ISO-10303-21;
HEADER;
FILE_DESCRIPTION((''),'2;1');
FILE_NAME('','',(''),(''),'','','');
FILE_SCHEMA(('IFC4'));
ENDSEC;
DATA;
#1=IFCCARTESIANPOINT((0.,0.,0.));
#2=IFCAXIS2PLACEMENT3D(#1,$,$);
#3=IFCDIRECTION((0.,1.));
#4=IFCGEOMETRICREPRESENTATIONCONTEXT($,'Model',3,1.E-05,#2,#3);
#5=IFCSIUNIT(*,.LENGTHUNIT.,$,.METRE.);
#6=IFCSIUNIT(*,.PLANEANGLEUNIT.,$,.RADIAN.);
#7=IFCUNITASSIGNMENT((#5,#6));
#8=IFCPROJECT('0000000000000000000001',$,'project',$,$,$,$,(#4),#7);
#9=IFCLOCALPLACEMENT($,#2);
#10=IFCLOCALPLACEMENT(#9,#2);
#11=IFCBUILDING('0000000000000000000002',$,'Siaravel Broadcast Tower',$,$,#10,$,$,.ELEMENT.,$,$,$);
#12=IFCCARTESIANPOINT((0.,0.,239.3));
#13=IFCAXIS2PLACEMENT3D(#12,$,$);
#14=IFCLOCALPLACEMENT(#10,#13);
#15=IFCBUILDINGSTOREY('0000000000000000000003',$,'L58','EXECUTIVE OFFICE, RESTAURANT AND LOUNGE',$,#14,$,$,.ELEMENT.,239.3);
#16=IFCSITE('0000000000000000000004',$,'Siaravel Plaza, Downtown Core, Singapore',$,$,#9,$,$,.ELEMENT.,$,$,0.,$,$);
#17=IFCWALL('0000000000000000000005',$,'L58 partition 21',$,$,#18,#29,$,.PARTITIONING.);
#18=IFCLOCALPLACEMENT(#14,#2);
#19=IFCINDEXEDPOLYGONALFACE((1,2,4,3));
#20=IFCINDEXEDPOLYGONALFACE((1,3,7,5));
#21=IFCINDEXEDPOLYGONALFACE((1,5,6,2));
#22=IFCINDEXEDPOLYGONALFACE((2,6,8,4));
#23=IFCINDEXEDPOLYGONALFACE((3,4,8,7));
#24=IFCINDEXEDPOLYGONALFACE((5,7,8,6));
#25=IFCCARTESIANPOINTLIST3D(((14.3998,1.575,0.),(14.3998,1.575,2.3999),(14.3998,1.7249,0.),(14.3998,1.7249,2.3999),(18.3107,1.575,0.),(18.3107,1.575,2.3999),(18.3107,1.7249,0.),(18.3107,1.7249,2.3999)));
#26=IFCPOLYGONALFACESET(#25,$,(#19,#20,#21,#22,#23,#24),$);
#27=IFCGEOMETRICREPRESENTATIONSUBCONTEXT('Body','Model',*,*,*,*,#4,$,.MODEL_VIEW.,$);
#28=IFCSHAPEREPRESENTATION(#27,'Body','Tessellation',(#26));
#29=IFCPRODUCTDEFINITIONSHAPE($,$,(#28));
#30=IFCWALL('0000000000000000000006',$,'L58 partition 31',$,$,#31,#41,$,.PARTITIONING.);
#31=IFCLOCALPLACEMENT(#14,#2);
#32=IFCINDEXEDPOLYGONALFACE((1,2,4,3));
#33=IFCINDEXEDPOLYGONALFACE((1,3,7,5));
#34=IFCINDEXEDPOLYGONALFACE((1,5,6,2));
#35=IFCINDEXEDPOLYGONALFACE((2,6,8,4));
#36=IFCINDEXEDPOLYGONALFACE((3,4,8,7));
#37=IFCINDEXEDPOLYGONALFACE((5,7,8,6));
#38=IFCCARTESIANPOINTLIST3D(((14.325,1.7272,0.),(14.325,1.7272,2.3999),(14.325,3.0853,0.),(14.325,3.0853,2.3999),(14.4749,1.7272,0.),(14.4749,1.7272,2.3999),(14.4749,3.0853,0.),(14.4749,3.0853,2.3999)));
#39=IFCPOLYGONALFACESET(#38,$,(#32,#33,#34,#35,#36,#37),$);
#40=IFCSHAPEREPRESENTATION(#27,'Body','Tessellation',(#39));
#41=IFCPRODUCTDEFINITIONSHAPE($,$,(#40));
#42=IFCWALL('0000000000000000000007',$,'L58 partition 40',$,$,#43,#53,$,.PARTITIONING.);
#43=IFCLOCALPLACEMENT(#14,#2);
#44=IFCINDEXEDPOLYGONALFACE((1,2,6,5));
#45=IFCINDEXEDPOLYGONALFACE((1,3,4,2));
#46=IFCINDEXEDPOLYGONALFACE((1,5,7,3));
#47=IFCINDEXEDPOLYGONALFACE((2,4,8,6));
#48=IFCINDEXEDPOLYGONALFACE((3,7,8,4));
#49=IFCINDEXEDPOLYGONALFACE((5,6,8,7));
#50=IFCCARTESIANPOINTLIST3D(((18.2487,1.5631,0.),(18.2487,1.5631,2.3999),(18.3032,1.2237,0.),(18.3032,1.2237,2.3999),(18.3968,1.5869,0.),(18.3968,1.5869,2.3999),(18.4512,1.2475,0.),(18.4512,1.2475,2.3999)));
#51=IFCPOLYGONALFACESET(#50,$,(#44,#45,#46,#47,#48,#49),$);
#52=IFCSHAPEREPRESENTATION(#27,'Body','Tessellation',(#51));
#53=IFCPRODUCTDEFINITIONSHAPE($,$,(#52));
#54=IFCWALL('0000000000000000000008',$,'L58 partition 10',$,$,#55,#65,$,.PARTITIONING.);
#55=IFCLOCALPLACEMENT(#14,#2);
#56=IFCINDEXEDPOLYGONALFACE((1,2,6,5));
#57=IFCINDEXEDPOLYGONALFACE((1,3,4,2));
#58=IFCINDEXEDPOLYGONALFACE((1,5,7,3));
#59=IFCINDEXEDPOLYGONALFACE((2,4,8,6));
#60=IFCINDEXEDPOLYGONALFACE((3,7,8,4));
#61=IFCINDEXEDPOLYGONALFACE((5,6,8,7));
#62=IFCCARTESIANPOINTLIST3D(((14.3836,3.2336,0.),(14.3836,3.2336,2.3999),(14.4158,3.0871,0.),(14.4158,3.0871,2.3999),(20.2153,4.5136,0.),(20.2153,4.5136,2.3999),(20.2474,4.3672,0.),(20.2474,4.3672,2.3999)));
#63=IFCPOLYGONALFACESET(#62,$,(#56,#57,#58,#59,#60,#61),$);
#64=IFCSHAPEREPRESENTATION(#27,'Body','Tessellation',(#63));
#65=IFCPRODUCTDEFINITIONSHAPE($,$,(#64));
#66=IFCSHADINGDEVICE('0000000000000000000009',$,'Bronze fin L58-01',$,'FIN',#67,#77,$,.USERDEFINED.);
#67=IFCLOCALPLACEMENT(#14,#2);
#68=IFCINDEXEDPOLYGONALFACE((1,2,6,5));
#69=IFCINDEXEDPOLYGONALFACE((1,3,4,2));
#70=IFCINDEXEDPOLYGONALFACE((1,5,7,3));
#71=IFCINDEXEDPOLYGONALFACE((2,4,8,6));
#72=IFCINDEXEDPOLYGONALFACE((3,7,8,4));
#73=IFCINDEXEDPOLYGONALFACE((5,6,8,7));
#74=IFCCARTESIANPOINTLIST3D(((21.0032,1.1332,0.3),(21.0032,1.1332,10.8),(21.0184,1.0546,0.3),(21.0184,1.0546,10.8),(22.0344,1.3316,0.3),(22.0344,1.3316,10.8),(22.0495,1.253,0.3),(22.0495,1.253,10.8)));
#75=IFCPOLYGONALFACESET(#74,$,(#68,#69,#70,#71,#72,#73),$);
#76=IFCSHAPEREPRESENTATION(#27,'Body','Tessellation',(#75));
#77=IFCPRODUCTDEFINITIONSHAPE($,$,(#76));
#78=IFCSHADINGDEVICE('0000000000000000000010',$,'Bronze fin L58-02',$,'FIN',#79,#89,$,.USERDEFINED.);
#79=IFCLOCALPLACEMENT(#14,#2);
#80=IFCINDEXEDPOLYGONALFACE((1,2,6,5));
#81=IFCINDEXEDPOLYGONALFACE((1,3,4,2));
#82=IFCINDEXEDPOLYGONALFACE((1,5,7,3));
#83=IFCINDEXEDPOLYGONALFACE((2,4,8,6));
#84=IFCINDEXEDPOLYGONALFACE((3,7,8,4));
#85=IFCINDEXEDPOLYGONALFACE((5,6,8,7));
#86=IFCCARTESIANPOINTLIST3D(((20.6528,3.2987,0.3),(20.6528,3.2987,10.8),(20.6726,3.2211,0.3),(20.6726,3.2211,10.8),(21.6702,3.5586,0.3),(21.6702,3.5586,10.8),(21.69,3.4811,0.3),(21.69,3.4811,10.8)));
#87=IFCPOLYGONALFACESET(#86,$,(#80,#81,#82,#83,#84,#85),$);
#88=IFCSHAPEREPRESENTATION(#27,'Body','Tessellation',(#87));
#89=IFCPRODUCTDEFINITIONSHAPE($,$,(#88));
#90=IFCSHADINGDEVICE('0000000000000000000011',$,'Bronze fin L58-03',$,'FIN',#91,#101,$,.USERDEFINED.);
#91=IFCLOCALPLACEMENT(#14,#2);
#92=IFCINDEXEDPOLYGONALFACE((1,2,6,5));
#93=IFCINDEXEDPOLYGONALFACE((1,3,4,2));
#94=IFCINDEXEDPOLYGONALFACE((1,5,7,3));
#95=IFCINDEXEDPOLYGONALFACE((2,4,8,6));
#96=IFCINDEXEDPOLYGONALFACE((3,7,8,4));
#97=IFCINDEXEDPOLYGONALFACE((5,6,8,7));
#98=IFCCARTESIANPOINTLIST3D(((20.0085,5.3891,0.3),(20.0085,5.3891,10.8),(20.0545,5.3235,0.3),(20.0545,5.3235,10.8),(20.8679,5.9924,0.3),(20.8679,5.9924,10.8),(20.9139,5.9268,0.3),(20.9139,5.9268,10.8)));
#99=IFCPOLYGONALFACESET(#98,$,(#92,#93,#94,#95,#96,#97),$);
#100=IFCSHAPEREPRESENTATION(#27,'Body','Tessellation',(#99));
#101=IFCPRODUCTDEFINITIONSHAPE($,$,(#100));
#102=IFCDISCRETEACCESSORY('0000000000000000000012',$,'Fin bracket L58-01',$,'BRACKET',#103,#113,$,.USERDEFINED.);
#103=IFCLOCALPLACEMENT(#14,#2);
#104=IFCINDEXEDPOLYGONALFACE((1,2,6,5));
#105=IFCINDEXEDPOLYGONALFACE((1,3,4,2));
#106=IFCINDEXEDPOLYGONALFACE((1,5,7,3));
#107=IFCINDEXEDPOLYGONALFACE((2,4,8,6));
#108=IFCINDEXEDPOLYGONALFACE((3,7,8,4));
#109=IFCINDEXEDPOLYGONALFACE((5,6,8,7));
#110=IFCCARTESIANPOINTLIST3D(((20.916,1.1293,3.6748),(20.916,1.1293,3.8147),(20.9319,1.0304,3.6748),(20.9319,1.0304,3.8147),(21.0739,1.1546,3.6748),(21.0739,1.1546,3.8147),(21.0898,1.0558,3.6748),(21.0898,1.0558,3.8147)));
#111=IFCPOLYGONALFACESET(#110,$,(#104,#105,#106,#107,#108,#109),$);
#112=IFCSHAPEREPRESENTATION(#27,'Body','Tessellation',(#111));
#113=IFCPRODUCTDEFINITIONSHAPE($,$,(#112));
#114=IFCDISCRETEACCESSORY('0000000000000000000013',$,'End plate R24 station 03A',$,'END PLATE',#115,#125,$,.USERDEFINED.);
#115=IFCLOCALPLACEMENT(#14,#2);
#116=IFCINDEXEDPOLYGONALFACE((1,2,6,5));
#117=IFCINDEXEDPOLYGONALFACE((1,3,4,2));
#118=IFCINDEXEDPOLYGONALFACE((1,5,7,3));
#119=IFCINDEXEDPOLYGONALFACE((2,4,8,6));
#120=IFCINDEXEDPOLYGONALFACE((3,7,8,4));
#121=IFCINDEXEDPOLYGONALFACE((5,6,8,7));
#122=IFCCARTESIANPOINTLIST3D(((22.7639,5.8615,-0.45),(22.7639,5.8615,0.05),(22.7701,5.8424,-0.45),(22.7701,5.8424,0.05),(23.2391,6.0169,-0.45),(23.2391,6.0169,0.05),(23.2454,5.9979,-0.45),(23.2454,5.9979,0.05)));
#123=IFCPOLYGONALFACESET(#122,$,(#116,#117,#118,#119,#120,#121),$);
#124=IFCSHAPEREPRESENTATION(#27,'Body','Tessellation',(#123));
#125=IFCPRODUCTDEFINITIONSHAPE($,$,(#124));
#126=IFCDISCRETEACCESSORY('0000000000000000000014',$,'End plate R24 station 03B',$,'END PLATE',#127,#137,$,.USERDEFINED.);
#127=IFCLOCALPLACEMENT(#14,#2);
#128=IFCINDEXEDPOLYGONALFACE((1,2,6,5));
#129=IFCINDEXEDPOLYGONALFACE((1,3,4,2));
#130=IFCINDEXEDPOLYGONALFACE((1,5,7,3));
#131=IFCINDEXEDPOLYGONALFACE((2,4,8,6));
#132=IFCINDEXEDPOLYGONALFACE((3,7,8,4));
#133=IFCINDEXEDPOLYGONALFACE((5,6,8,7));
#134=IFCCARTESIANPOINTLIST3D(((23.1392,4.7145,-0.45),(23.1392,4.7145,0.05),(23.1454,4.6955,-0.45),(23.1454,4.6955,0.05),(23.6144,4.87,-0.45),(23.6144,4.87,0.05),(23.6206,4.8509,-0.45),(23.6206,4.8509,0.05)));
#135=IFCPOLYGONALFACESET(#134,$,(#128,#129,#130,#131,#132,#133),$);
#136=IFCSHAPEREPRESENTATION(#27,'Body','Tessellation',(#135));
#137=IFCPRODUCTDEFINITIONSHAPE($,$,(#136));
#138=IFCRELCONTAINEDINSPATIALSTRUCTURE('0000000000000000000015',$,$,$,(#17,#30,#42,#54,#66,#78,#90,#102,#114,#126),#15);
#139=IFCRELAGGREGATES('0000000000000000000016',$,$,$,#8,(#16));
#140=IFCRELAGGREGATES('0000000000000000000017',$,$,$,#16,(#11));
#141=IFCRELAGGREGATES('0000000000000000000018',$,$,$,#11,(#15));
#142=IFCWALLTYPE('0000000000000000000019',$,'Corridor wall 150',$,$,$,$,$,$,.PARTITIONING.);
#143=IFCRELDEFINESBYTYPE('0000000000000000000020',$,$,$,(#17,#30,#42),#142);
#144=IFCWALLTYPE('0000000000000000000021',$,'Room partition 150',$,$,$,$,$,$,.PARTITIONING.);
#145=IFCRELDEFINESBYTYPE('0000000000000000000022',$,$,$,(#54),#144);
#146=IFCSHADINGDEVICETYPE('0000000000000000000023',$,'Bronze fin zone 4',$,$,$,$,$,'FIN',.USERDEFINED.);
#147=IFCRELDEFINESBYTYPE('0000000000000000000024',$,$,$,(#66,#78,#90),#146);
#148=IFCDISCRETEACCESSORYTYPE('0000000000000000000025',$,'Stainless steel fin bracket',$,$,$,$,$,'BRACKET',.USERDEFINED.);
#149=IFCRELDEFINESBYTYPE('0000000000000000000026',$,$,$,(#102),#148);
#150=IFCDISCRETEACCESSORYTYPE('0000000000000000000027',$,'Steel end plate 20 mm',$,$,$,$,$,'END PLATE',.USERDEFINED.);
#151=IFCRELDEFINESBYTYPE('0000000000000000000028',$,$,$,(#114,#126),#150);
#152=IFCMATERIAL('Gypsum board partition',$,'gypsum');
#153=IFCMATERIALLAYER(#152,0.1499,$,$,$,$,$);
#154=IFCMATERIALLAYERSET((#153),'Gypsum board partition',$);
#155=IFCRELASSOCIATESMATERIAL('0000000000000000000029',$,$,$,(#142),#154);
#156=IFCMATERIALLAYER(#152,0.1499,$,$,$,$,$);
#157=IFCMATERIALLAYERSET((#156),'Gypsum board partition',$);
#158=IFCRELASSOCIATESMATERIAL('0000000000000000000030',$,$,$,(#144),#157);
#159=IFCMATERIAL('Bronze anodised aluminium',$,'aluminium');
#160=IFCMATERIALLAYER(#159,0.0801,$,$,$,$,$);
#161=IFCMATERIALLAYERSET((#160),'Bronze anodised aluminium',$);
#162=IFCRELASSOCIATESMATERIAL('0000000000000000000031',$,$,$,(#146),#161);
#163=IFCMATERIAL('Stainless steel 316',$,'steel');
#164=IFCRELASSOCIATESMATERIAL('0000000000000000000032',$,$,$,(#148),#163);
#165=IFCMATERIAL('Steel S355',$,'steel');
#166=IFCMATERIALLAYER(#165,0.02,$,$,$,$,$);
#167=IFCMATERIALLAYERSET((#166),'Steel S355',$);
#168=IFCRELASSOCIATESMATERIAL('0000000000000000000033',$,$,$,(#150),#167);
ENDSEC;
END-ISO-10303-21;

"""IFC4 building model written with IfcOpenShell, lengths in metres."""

from ifc_helpers import new_model, si_unit, direction, frame, frame_2d, origin, origin_2d, place, context, subcontext, project, spatial, rectangle, extrude, material, layer, layer_set, type_object, element, save


model = new_model("IFC4")

# Units and contexts
model_context = context("Model", 3, precision=1e-05, world=origin(), true_north=direction((0.0, 1.0)))
body_context = subcontext(model_context, "Body", "Model", "MODEL_VIEW")
ifc_project = project(units=[si_unit("LENGTHUNIT", "METRE"), si_unit("PLANEANGLEUNIT", "RADIAN")], contexts=[model_context])

# Site, building, storey
site_placement = place(None, origin())
site = spatial("IfcSite", under=ifc_project, at=site_placement, Name="Siaravel Plaza, Downtown Core, Singapore", CompositionType="ELEMENT", RefElevation=0.0)
building_placement = place(site_placement, origin())
building = spatial("IfcBuilding", under=site, at=building_placement, Name="Siaravel Broadcast Tower", CompositionType="ELEMENT")
storey_placement = place(building_placement, frame((0.0, 0.0, 239.3)))
storey = spatial("IfcBuildingStorey", under=building, at=storey_placement, Name="L58", Description="EXECUTIVE OFFICE, RESTAURANT AND LOUNGE", CompositionType="ELEMENT", Elevation=239.3)

# Shared definitions
ifc_material_1 = material(Name="Steel S355", Category="steel")

# Walls
ifc_material_2 = material(Name="Gypsum board partition", Category="gypsum")
ifc_layer_1 = layer(ifc_material_2, 0.1499)
ifc_layer_set_1 = layer_set([ifc_layer_1], Name="Gypsum board partition")
wall_type_1 = type_object("IfcWallType", Name="Corridor wall 150", PredefinedType="PARTITIONING", material=ifc_layer_set_1)
wall_1_placement = place(storey_placement, frame((18.3108, 1.6499, 0.0), z_axis=(0.0, 0.0, 1.0), x_axis=(-1.0, 0.0, 0.0)))
element("IfcWall", 1, at=wall_1_placement, inside=storey, type_object=wall_type_1, Name="L58 partition 21", PredefinedType="PARTITIONING", context=body_context, shape_type="SweptSolid", body=[
    extrude(rectangle(XDim=3.9109, YDim=0.1499, at=frame_2d((1.9556, 0.0))), origin(), (0.0, 0.0, 1.0), 2.3999),
])
wall_2_placement = place(storey_placement, frame((14.3999, 1.7271, 0.0), z_axis=(0.0, 0.0, 1.0), x_axis=(0.0, 1.0, 0.0)))
element("IfcWall", 2, at=wall_2_placement, inside=storey, type_object=wall_type_1, Name="L58 partition 31", PredefinedType="PARTITIONING", context=body_context, shape_type="SweptSolid", body=[
    extrude(rectangle(XDim=1.3582, YDim=0.1499, at=frame_2d((0.6792, 0.0))), origin(), (0.0, 0.0, 1.0), 2.3999),
])
wall_3_placement = place(storey_placement, frame((18.3772, 1.2356, 0.0), z_axis=(0.0, 0.0, 1.0), x_axis=(-0.158406, 0.987374, 0.0)))
element("IfcWall", 3, at=wall_3_placement, inside=storey, type_object=wall_type_1, Name="L58 partition 40", PredefinedType="PARTITIONING", context=body_context, shape_type="SweptSolid", body=[
    extrude(rectangle(XDim=0.3438, YDim=0.1499, at=frame_2d((0.1719, 0.0))), origin(), (0.0, 0.0, 1.0), 2.3999),
])
ifc_layer_2 = layer(ifc_material_2, 0.1499)
ifc_layer_set_2 = layer_set([ifc_layer_2], Name="Gypsum board partition")
wall_type_2 = type_object("IfcWallType", Name="Room partition 150", PredefinedType="PARTITIONING", material=ifc_layer_set_2)
wall_4_placement = place(storey_placement, frame((20.2314, 4.4404, 0.0), z_axis=(0.0, 0.0, 1.0), x_axis=(-0.976747, -0.214397, 0.0)))
element("IfcWall", 4, at=wall_4_placement, inside=storey, type_object=wall_type_2, Name="L58 partition 10", PredefinedType="PARTITIONING", context=body_context, shape_type="SweptSolid", body=[
    extrude(rectangle(XDim=5.9705, YDim=0.1499, at=frame_2d((2.9854, 0.0))), origin(), (0.0, 0.0, 1.0), 2.3999),
])

# Shading devices
ifc_material_3 = material(Name="Bronze anodised aluminium", Category="aluminium")
ifc_layer_3 = layer(ifc_material_3, 0.0801)
ifc_layer_set_3 = layer_set([ifc_layer_3], Name="Bronze anodised aluminium")
shading_device_type = type_object("IfcShadingDeviceType", Name="Bronze fin zone 4", ElementType="FIN", PredefinedType="USERDEFINED", material=ifc_layer_set_3)
for number, where, z_axis, x_axis, name in (
    (5, (21.5264, 1.1931, 0.3), (0.0, 0.0, 1.0), (0.981987, 0.188946, 0.0), "Bronze fin L58-01"),
    (6, (21.1714, 3.3899, 0.3), (0.0, 0.0, 1.0), (0.968884, 0.247515, 0.0), "Bronze fin L58-02"),
    (7, (20.4612, 5.658, 0.3), (0.0, 0.0, 1.0), (0.818485, 0.574528, 0.0), "Bronze fin L58-03"),
):
    element("IfcShadingDevice", number, at=place(storey_placement, frame(where, z_axis=z_axis, x_axis=x_axis)), inside=storey, type_object=shading_device_type, Name=name, ObjectType="FIN", PredefinedType="USERDEFINED", context=body_context, shape_type="SweptSolid", body=[
        extrude(rectangle(XDim=1.05, YDim=0.0801, at=origin_2d()), origin(), (0.0, 0.0, 1.0), 10.5),
    ])

# Discrete accessories
ifc_material_4 = material(Name="Stainless steel 316", Category="steel")
discrete_accessory_type_1 = type_object("IfcDiscreteAccessoryType", Name="Stainless steel fin bracket", ElementType="BRACKET", PredefinedType="USERDEFINED", material=ifc_material_4)
discrete_accessory_placement = place(storey_placement, frame((21.0029, 1.0925, 3.6748), z_axis=(0.0, 0.0, 1.0), x_axis=(0.987329, 0.158685, 0.0)))
element("IfcDiscreteAccessory", 8, at=discrete_accessory_placement, inside=storey, type_object=discrete_accessory_type_1, Name="Fin bracket L58-01", ObjectType="BRACKET", PredefinedType="USERDEFINED", context=body_context, shape_type="SweptSolid", body=[
    extrude(rectangle(XDim=0.1599, YDim=0.1001, at=origin_2d()), origin(), (0.0, 0.0, 1.0), 0.1399),
])
ifc_layer_4 = layer(ifc_material_1, 0.02)
ifc_layer_set_4 = layer_set([ifc_layer_4], Name="Steel S355")
discrete_accessory_type_2 = type_object("IfcDiscreteAccessoryType", Name="Steel end plate 20 mm", ElementType="END PLATE", PredefinedType="USERDEFINED", material=ifc_layer_set_4)
for number, where, z_axis, x_axis, name in (
    (9, (23.0046, 5.9297, -0.45), (0.0, 0.0, 1.0), (-0.310909, 0.95044, 0.0), "End plate R24 station 03A"),
    (10, (23.3799, 4.7827, -0.45), (0.0, 0.0, 1.0), (-0.310909, 0.95044, 0.0), "End plate R24 station 03B"),
):
    element("IfcDiscreteAccessory", number, at=place(storey_placement, frame(where, z_axis=z_axis, x_axis=x_axis)), inside=storey, type_object=discrete_accessory_type_2, Name=name, ObjectType="END PLATE", PredefinedType="USERDEFINED", context=body_context, shape_type="SweptSolid", body=[
        extrude(rectangle(XDim=0.02, YDim=0.5, at=origin_2d()), origin(), (0.0, 0.0, 1.0), 0.5),
    ])

save(model, "model.ifc")
